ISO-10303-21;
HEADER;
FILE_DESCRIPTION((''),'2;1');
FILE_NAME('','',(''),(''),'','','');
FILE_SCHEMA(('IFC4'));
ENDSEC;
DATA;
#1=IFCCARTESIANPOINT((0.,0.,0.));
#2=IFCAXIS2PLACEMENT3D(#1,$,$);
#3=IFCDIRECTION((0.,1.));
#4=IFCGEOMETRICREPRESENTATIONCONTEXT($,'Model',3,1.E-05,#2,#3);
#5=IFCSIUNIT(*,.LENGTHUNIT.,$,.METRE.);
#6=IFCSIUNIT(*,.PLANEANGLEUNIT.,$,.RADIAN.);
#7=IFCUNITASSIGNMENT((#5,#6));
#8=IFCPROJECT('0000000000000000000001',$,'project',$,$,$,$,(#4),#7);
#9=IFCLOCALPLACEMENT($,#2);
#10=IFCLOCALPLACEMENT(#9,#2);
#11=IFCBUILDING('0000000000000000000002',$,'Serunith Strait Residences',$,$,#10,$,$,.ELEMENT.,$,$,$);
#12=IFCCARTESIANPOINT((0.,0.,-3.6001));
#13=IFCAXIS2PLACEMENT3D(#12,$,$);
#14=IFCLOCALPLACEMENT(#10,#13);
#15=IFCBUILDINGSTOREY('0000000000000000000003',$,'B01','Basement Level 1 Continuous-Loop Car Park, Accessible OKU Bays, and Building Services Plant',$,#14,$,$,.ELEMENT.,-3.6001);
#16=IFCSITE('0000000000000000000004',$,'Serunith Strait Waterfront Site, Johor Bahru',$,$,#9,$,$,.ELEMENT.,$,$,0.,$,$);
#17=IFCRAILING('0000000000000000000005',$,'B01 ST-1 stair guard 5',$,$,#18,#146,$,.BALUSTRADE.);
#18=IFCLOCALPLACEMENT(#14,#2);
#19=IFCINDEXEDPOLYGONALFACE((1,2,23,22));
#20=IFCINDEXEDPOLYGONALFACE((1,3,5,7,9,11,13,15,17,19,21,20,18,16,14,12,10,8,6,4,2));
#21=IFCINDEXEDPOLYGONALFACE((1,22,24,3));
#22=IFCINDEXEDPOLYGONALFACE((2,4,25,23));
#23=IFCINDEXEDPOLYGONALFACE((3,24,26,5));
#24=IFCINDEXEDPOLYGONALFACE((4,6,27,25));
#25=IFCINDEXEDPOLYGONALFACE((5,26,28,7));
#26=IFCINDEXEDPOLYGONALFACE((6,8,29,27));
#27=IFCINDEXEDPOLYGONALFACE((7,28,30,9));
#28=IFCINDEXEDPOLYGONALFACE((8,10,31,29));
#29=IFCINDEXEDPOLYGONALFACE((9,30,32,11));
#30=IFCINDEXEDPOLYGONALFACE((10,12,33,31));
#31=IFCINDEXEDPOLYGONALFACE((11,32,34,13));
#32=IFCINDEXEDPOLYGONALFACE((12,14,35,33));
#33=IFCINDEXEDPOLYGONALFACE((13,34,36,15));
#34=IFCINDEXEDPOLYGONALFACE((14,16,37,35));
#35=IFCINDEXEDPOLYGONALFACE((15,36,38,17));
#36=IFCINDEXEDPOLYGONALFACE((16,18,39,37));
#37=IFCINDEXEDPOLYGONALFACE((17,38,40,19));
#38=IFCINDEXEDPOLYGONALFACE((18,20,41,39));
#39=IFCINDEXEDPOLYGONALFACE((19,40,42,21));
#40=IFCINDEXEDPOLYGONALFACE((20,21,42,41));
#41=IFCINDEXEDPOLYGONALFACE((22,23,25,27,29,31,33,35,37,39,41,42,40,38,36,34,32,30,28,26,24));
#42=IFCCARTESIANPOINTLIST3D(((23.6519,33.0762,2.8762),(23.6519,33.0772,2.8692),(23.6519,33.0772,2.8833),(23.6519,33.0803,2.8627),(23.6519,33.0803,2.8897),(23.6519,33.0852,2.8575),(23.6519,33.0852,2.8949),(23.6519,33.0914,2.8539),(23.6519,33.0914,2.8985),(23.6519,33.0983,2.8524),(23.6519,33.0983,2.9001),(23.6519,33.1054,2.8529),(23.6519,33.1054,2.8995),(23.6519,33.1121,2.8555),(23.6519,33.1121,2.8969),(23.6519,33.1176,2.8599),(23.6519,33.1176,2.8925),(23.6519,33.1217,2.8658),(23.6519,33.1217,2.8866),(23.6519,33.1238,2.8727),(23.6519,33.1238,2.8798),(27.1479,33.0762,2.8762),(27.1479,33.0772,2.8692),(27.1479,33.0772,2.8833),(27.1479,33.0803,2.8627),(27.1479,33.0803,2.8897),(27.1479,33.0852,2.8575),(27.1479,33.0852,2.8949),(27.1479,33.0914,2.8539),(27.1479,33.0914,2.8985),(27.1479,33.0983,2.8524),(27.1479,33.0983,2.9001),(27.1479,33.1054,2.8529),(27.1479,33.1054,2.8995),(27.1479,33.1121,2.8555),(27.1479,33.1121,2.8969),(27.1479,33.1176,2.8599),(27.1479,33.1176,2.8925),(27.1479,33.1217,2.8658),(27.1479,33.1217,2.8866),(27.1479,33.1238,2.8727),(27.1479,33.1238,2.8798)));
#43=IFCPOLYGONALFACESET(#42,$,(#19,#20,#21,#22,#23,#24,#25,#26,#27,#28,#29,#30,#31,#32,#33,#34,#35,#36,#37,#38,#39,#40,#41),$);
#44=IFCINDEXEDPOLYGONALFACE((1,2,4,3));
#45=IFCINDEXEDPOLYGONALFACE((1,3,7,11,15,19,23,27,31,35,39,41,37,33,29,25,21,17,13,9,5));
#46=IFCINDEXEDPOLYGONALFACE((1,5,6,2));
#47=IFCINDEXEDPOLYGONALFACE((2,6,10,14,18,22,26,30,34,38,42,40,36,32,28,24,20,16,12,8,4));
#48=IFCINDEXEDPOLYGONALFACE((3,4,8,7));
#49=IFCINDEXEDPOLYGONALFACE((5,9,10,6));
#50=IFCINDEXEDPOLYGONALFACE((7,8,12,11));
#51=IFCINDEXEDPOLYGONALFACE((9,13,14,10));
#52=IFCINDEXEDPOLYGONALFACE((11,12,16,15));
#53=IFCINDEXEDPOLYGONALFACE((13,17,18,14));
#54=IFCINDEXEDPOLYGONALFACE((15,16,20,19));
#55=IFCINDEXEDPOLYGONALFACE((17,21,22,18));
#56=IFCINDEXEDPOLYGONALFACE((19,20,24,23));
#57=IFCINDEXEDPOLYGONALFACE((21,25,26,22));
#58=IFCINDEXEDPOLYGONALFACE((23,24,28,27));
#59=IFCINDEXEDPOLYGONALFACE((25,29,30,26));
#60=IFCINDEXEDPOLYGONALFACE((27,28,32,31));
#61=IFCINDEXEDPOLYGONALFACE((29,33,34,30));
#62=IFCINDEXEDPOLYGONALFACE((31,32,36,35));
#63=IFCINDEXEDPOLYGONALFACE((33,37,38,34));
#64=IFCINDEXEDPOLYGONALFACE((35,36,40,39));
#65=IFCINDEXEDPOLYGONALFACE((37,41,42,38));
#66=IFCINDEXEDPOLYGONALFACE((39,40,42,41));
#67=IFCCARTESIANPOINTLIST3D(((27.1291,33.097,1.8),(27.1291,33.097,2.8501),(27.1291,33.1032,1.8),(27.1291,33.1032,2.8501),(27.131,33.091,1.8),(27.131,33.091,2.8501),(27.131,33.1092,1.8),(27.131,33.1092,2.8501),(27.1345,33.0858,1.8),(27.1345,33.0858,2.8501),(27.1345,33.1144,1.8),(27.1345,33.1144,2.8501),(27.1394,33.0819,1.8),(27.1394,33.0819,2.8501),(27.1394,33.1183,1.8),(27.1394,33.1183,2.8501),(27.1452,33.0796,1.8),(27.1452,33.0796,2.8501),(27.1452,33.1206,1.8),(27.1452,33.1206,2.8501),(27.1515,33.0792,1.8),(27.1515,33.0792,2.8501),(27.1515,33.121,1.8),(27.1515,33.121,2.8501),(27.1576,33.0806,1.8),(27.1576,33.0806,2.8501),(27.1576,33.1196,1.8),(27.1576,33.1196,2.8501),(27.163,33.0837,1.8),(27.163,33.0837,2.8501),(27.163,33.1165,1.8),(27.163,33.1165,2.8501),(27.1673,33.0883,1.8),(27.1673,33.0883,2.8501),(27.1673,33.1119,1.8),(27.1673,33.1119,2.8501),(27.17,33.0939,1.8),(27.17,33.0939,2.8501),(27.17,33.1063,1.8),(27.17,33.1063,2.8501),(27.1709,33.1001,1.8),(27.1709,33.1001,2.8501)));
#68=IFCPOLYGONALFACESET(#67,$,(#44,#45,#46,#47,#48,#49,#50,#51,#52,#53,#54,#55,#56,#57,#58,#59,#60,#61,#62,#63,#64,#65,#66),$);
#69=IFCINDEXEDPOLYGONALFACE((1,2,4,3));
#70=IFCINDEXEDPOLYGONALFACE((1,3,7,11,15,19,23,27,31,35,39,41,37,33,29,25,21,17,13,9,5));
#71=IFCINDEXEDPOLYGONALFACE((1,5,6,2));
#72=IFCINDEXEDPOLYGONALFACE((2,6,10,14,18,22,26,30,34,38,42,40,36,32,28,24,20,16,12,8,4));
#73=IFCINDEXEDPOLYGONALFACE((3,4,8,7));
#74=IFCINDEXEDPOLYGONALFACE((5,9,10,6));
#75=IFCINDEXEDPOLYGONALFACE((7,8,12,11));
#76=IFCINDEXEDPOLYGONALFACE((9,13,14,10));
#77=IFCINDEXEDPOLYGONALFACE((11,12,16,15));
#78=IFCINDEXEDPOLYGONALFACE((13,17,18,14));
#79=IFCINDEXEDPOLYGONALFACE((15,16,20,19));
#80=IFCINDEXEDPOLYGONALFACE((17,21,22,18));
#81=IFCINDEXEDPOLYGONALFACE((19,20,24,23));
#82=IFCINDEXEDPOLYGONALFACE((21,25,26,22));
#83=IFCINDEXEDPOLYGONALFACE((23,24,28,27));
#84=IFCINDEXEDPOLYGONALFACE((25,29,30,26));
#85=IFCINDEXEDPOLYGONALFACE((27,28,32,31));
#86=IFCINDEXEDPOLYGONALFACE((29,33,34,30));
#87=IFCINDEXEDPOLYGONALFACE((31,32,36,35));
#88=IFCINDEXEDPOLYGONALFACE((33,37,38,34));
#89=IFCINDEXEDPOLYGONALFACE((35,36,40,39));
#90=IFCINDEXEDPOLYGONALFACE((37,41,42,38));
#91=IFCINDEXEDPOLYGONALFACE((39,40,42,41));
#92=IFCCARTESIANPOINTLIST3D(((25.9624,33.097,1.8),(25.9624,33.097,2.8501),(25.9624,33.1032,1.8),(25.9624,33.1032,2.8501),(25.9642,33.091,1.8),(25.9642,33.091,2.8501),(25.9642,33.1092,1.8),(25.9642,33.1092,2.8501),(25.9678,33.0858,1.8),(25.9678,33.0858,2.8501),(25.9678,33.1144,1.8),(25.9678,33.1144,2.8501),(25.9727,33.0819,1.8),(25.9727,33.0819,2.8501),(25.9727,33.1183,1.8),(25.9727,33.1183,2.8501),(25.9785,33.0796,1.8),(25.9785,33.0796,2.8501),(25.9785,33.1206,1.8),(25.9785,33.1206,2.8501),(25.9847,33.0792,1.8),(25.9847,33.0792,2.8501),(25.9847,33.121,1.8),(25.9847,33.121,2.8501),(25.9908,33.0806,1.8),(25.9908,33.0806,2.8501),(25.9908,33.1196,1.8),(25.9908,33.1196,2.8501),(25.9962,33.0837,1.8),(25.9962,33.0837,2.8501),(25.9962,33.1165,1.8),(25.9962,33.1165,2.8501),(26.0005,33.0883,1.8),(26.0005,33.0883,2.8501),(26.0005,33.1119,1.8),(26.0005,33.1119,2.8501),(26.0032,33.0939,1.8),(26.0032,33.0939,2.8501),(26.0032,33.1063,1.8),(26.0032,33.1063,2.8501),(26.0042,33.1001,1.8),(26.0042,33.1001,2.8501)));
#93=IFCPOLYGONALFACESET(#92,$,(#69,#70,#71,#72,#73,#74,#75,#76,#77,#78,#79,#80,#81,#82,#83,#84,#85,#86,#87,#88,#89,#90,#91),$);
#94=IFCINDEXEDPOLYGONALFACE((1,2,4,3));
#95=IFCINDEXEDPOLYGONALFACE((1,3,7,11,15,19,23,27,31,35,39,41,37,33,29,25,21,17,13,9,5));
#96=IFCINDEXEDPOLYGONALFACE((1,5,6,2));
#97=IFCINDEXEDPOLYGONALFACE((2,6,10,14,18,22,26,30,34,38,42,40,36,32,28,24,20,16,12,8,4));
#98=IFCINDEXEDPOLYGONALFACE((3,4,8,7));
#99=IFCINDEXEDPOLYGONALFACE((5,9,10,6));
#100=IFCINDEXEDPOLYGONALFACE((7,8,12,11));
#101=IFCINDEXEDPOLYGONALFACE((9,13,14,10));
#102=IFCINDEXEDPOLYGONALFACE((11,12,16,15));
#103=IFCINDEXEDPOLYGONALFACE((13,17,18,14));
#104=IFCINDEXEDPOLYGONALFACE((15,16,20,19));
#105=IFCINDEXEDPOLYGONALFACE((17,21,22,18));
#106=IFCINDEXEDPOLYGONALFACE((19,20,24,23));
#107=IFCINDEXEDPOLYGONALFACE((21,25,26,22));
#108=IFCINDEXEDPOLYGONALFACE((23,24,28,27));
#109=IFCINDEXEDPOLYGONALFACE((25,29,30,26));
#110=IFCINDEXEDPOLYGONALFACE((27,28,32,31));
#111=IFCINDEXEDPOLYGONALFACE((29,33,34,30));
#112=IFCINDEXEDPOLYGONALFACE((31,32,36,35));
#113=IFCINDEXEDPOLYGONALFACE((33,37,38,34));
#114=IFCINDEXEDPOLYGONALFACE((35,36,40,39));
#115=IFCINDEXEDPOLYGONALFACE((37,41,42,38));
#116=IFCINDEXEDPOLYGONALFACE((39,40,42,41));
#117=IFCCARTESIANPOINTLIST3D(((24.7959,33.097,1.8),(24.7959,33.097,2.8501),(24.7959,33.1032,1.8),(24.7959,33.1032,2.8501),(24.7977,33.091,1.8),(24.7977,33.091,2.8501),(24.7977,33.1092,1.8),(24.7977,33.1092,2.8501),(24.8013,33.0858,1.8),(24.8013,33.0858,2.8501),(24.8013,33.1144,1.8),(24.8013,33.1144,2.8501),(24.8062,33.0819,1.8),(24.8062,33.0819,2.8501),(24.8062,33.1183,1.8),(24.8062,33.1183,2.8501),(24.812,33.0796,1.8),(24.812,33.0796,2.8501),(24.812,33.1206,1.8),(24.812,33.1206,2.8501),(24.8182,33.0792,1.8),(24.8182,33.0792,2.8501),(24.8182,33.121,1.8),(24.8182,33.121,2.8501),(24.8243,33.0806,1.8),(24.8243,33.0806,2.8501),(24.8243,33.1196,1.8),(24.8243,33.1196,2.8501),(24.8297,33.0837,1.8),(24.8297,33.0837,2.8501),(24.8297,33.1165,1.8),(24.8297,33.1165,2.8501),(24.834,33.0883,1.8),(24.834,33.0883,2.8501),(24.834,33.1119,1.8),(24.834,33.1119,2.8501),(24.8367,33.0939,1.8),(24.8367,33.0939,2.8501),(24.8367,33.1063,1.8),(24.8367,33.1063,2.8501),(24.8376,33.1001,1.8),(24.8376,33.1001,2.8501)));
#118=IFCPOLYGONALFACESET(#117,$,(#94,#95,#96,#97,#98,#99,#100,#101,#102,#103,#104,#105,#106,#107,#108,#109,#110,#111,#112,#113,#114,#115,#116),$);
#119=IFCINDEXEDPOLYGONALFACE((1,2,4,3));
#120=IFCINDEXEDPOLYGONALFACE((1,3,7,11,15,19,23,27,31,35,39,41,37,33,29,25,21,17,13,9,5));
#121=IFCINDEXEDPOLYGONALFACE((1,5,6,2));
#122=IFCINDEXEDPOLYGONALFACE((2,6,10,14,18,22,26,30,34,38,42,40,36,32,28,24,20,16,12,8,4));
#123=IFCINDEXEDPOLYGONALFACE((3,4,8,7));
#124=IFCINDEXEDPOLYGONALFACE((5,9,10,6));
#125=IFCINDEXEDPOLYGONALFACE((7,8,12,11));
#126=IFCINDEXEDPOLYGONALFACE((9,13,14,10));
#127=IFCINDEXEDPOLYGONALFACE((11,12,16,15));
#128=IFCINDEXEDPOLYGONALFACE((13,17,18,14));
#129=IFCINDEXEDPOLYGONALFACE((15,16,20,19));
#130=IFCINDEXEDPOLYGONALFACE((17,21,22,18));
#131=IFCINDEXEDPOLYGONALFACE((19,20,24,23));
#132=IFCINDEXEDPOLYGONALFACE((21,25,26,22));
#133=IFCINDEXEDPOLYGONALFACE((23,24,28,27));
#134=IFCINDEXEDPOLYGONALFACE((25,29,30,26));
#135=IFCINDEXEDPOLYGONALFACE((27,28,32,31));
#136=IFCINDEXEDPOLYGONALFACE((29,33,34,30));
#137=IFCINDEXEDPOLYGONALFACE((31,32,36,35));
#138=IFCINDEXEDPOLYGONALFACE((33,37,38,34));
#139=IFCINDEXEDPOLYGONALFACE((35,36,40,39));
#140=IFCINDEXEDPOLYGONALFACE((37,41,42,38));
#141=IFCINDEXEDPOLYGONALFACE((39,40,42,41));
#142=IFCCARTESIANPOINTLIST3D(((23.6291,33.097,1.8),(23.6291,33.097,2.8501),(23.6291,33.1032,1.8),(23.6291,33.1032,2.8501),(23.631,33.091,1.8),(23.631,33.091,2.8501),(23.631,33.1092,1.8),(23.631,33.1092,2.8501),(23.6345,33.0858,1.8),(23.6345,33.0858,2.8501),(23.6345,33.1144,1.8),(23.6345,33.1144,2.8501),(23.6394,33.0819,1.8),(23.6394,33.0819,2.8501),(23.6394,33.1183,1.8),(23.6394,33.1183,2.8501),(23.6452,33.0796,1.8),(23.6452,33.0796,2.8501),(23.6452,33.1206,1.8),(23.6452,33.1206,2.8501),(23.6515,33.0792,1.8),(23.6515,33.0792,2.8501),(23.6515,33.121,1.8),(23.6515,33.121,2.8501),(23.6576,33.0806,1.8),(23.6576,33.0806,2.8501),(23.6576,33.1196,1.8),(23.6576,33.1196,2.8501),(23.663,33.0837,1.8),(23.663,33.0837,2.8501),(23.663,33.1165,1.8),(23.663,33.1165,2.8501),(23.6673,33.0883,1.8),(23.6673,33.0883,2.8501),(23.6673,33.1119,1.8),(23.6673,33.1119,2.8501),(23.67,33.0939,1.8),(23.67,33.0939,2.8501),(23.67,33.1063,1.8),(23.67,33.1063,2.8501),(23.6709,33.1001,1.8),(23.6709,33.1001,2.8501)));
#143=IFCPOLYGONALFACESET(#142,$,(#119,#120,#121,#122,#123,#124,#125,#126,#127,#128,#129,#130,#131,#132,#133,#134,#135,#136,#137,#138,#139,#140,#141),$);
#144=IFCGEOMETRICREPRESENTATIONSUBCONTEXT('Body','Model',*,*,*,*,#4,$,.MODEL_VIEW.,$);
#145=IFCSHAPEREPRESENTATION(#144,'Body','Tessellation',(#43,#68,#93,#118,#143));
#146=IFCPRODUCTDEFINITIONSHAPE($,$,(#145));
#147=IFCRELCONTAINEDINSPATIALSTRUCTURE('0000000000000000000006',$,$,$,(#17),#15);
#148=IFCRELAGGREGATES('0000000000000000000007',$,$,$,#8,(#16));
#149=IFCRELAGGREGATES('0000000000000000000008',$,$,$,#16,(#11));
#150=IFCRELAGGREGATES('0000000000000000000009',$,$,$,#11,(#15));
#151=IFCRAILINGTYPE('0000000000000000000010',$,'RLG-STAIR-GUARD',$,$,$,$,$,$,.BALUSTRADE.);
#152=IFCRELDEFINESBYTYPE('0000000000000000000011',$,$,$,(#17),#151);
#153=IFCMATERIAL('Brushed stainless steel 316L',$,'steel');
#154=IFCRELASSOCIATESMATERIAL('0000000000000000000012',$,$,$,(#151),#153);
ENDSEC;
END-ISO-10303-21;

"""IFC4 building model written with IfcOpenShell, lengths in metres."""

from ifc_helpers import new_model, si_unit, direction, frame, origin, origin_2d, place, context, subcontext, project, spatial, circle, extrude, material, type_object, element, save


model = new_model("IFC4")

# Units and contexts
model_context = context("Model", 3, precision=1e-05, world=origin(), true_north=direction((0.0, 1.0)))
body_context = subcontext(model_context, "Body", "Model", "MODEL_VIEW")
ifc_project = project(units=[si_unit("LENGTHUNIT", "METRE"), si_unit("PLANEANGLEUNIT", "RADIAN")], contexts=[model_context])

# Site, building, storey
site_placement = place(None, origin())
site = spatial("IfcSite", under=ifc_project, at=site_placement, Name="Serunith Strait Waterfront Site, Johor Bahru", CompositionType="ELEMENT", RefElevation=0.0)
building_placement = place(site_placement, origin())
building = spatial("IfcBuilding", under=site, at=building_placement, Name="Serunith Strait Residences", CompositionType="ELEMENT")
storey_placement = place(building_placement, frame((0.0, 0.0, -3.6001)))
storey = spatial("IfcBuildingStorey", under=building, at=storey_placement, Name="B01", Description="Basement Level 1 Continuous-Loop Car Park, Accessible OKU Bays, and Building Services Plant", CompositionType="ELEMENT", Elevation=-3.6001)

# Railing
ifc_material_1 = material(Name="Brushed stainless steel 316L", Category="steel")
railing_type_1 = type_object("IfcRailingType", Name="RLG-STAIR-GUARD", PredefinedType="BALUSTRADE", material=ifc_material_1)
railing_1_placement = place(storey_placement, frame((27.1499, 33.1001, 1.8)))
element("IfcRailing", 1, at=railing_1_placement, inside=storey, type_object=railing_type_1, Name="B01 ST-1 stair guard 5", PredefinedType="BALUSTRADE", context=body_context, shape_type="SweptSolid", body=[
    extrude(circle(Radius=0.0239, at=origin_2d()), frame((-0.002, 0.0, 1.0762), z_axis=(-1.0, 0.0, 0.0), x_axis=(0.0, -1.0, 0.0)), (0.0, 0.0, 1.0), 3.4961),
    extrude(circle(Radius=0.021, at=origin_2d()), origin(), (0.0, 0.0, 1.0), 1.05),
    extrude(circle(Radius=0.021, at=origin_2d()), frame((-1.1667, 0.0, 0.0)), (0.0, 0.0, 1.0), 1.05),
    extrude(circle(Radius=0.021, at=origin_2d()), frame((-2.3333, 0.0, 0.0)), (0.0, 0.0, 1.0), 1.05),
    extrude(circle(Radius=0.021, at=origin_2d()), frame((-3.5, 0.0, 0.0)), (0.0, 0.0, 1.0), 1.05),
])

save(model, "model.ifc")
